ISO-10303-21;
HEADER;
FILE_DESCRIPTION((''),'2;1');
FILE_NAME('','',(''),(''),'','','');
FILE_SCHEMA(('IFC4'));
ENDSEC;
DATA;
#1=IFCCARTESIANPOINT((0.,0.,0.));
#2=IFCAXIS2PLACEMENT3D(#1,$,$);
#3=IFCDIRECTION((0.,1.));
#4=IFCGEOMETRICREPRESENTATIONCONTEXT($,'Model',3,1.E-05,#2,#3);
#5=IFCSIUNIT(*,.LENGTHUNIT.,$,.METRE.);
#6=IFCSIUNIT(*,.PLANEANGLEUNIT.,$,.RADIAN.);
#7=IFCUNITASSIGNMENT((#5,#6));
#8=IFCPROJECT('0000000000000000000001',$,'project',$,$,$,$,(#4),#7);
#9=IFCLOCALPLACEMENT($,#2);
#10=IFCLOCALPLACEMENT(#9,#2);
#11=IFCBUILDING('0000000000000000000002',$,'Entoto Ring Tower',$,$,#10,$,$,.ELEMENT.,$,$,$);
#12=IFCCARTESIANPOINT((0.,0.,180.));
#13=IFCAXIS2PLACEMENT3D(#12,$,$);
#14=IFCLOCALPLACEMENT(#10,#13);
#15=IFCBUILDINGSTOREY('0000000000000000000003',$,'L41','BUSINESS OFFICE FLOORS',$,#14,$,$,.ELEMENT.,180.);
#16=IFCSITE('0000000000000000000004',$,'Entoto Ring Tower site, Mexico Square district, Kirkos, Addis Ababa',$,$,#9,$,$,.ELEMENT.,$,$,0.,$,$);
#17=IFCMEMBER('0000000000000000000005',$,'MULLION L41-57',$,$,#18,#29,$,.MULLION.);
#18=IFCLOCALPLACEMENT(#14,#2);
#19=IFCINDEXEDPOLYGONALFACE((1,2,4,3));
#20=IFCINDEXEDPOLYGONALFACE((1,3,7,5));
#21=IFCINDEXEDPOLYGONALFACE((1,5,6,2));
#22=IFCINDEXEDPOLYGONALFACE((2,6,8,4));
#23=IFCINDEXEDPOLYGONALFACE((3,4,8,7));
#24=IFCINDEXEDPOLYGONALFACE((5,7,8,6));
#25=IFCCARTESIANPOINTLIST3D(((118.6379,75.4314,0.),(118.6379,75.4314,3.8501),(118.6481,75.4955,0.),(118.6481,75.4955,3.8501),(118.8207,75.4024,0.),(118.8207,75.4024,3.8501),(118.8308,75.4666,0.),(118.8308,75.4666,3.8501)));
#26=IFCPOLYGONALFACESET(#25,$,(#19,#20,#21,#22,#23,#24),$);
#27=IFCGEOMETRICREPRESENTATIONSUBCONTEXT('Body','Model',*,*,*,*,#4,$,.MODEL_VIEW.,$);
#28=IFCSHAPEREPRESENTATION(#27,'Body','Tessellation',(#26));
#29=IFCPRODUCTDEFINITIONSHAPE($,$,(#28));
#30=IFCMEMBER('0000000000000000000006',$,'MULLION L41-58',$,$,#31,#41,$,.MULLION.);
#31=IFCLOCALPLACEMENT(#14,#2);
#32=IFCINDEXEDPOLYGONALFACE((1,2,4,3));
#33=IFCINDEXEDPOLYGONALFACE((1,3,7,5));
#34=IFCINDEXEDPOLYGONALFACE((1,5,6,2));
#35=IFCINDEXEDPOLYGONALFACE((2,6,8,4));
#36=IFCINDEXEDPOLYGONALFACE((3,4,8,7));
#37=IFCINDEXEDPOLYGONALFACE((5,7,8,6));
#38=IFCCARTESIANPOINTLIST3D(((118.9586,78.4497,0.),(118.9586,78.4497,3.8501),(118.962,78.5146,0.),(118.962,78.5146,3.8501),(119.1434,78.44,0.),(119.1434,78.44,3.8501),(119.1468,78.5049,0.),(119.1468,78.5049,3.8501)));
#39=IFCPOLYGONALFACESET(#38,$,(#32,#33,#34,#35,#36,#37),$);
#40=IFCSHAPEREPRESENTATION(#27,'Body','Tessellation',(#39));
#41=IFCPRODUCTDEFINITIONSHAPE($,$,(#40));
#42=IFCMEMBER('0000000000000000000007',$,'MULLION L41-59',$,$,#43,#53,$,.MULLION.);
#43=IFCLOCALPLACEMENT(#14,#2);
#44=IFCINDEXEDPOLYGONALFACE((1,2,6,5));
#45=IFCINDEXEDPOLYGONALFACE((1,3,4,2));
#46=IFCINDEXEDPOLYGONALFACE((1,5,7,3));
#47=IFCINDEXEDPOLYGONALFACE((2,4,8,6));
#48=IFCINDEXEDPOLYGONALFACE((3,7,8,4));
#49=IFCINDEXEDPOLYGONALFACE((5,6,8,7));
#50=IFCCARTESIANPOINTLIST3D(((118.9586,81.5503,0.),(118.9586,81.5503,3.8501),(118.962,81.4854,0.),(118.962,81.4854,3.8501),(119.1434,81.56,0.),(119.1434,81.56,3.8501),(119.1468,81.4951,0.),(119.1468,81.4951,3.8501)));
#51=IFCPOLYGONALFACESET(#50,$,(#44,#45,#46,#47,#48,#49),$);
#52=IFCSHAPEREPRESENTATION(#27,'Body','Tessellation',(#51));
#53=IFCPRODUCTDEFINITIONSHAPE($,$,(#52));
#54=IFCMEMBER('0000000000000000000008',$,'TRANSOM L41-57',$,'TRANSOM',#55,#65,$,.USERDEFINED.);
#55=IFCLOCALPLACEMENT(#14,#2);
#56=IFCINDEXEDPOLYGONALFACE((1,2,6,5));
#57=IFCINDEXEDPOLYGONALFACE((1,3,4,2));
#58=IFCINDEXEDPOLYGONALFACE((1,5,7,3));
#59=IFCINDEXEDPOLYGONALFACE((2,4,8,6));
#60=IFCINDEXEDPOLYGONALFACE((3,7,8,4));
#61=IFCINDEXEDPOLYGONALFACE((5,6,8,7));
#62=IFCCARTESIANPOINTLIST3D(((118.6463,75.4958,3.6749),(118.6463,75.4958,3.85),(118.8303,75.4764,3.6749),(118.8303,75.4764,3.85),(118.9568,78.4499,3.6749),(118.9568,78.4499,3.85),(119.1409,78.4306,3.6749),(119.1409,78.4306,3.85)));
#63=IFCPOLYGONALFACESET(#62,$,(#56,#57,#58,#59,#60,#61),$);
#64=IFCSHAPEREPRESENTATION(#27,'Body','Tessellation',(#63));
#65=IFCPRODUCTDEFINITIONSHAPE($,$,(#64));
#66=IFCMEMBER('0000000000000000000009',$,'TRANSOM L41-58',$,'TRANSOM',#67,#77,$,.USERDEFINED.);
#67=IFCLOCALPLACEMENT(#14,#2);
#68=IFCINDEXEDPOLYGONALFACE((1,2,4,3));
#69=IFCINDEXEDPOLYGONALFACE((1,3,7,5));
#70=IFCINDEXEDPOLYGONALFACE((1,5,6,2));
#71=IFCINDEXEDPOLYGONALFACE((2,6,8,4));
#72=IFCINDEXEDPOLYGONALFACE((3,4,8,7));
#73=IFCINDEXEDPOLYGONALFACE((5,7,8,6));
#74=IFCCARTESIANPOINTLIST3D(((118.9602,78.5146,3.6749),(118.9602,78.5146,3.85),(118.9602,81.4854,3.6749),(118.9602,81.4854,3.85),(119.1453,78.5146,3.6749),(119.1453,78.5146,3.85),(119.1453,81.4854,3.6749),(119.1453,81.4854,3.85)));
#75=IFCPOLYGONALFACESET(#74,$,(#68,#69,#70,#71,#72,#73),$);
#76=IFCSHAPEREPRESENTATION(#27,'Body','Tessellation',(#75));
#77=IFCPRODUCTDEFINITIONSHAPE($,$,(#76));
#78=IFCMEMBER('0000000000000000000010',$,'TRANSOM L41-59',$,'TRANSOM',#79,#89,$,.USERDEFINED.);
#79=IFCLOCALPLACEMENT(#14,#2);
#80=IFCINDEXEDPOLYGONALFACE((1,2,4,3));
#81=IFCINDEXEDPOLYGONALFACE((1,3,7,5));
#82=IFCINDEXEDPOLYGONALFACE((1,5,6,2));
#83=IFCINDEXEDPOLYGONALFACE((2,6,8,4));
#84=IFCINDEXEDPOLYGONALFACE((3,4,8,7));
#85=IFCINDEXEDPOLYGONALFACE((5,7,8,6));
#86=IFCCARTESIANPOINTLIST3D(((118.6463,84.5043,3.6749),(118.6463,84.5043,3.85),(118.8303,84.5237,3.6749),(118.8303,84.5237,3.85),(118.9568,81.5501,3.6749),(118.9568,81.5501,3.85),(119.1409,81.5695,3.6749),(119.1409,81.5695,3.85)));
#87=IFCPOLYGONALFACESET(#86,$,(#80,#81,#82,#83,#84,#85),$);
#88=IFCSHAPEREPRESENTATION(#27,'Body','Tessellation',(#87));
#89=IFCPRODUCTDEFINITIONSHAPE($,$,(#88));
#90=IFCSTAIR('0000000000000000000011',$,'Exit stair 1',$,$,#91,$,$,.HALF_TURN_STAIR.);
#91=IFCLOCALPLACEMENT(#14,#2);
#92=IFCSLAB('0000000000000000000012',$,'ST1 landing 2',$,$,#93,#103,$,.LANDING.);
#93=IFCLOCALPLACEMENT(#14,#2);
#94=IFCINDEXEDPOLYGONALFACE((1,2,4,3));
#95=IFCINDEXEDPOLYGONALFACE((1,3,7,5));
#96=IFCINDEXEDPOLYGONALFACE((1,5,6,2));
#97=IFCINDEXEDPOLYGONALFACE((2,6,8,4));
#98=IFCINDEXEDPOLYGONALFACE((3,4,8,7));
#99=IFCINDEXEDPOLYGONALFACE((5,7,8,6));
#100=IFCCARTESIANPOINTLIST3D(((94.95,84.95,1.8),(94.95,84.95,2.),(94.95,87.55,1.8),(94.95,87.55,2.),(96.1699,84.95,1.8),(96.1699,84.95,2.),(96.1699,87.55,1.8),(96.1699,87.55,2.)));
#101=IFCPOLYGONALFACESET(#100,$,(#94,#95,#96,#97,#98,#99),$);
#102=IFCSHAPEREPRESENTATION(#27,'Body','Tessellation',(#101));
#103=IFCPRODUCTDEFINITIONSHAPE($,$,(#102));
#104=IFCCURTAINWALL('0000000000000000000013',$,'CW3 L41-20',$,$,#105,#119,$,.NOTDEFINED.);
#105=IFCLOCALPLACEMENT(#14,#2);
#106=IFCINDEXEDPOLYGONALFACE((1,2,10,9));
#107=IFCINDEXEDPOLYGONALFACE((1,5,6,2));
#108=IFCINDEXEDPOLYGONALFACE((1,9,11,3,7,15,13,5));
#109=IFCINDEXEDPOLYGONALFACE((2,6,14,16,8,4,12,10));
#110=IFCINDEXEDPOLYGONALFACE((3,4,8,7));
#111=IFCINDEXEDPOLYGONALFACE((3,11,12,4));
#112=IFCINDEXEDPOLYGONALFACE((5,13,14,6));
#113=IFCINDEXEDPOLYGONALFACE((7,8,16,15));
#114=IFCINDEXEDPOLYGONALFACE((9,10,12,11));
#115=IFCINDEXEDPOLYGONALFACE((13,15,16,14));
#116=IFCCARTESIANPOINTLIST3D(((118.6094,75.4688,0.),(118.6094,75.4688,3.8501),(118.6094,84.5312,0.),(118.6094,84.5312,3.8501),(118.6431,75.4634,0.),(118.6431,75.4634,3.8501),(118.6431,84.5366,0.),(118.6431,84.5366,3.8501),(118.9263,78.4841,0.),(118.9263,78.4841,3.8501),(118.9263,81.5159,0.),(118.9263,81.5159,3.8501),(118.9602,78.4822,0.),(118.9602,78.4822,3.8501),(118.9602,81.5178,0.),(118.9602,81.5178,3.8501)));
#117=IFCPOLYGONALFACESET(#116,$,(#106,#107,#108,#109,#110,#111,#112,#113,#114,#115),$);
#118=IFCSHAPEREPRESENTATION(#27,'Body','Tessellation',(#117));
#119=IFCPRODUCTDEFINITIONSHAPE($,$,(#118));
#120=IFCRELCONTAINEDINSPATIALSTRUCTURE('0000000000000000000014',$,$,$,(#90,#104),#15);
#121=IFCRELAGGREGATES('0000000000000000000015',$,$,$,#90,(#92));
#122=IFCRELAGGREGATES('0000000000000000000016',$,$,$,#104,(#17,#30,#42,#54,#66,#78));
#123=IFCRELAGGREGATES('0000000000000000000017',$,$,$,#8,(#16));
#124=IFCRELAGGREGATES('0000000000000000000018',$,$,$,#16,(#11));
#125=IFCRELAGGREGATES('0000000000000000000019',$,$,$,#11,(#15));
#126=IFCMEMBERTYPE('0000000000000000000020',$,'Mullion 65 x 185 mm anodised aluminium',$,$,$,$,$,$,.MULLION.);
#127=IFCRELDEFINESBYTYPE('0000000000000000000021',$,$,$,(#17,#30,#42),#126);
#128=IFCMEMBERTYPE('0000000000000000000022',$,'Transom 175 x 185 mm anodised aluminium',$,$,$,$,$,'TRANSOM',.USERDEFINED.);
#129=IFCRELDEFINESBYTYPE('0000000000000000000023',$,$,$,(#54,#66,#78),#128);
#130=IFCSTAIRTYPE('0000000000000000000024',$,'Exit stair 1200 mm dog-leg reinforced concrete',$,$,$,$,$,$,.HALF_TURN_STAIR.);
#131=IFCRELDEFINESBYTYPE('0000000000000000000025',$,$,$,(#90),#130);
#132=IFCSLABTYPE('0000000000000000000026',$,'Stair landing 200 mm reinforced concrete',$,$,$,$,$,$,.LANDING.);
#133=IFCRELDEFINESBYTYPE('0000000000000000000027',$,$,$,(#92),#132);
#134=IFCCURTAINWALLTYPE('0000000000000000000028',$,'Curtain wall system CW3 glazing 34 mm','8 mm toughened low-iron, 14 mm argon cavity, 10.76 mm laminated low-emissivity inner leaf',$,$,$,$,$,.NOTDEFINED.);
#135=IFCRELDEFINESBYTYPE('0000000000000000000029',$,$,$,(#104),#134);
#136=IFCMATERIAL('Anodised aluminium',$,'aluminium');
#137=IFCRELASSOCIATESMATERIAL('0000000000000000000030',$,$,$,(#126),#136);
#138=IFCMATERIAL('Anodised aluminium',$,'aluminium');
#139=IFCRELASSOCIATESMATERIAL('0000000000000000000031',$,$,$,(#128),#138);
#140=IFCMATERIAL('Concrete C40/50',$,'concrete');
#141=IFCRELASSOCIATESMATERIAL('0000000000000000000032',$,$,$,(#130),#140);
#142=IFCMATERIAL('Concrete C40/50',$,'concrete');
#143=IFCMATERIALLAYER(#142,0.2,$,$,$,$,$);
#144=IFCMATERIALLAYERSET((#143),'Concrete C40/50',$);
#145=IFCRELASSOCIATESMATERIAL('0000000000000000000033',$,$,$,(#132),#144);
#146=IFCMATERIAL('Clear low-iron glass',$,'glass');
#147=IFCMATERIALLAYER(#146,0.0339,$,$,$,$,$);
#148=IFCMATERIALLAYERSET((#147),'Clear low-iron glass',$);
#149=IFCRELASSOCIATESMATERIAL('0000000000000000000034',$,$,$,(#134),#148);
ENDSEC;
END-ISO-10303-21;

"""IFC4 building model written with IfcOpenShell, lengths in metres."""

from ifc_helpers import new_model, si_unit, direction, frame, origin, origin_2d, place, context, subcontext, project, spatial, polyline, rectangle, outline, extrude, material, layer, layer_set, material_profile, profile_set, type_object, element, aggregate, save


model = new_model("IFC4")

# Units and contexts
model_context = context("Model", 3, precision=1e-05, world=origin(), true_north=direction((0.0, 1.0)))
body_context = subcontext(model_context, "Body", "Model", "MODEL_VIEW")
ifc_project = project(units=[si_unit("LENGTHUNIT", "METRE"), si_unit("PLANEANGLEUNIT", "RADIAN")], contexts=[model_context])

# Members
ifc_material_1 = material(Name="Anodised aluminium", Category="aluminium")
ifc_material_profile_1 = material_profile(ifc_material_1, rectangle(XDim=0.0649, YDim=0.1851, at=origin_2d()), Name="Mullion 65 x 185 mm anodised aluminium")
ifc_profile_set_1 = profile_set([ifc_material_profile_1], Name="Anodised aluminium")
member_type_1 = type_object("IfcMemberType", Name="Mullion 65 x 185 mm anodised aluminium", PredefinedType="MULLION", material=ifc_profile_set_1)
site_placement = place(None, origin())
building_placement = place(site_placement, origin())
storey_placement = place(building_placement, frame((0.0, 0.0, 180.0)))
member_1_placement = place(storey_placement, frame((118.7344, 75.449, 0.0), z_axis=(0.0, 0.0, 1.0), x_axis=(0.156434, 0.987688, 0.0)))
member_1 = element("IfcMember", 1, at=member_1_placement, type_object=member_type_1, Name="MULLION L41-57", PredefinedType="MULLION", context=body_context, shape_type="SweptSolid", body=[
    extrude(rectangle(XDim=0.0649, YDim=0.1851, at=origin_2d()), origin(), (0.0, 0.0, 1.0), 3.8501),
])
member_2_placement = place(storey_placement, frame((119.0527, 78.4773, 0.0), z_axis=(0.0, 0.0, 1.0), x_axis=(0.052336, 0.99863, 0.0)))
member_2 = element("IfcMember", 2, at=member_2_placement, type_object=member_type_1, Name="MULLION L41-58", PredefinedType="MULLION", context=body_context, shape_type="SweptSolid", body=[
    extrude(rectangle(XDim=0.0649, YDim=0.1851, at=origin_2d()), origin(), (0.0, 0.0, 1.0), 3.8501),
])
member_3_placement = place(storey_placement, frame((119.0527, 81.5227, 0.0), z_axis=(0.0, 0.0, 1.0), x_axis=(-0.052336, 0.99863, 0.0)))
member_3 = element("IfcMember", 3, at=member_3_placement, type_object=member_type_1, Name="MULLION L41-59", PredefinedType="MULLION", context=body_context, shape_type="SweptSolid", body=[
    extrude(rectangle(XDim=0.0649, YDim=0.1851, at=origin_2d()), origin(), (0.0, 0.0, 1.0), 3.8501),
])
ifc_material_2 = material(Name="Anodised aluminium", Category="aluminium")
ifc_material_profile_2 = material_profile(ifc_material_2, rectangle(XDim=0.1851, YDim=0.175, at=origin_2d()), Name="Transom 175 x 185 mm anodised aluminium")
ifc_profile_set_2 = profile_set([ifc_material_profile_2], Name="Anodised aluminium")
member_type_2 = type_object("IfcMemberType", Name="Transom 175 x 185 mm anodised aluminium", ElementType="TRANSOM", PredefinedType="USERDEFINED", material=ifc_profile_set_2)
member_4_placement = place(storey_placement, frame((118.7383, 75.4861, 3.7625), z_axis=(0.104548, 0.99452, 0.0), x_axis=(-0.99452, 0.104548, 0.0)))
member_4 = element("IfcMember", 4, at=member_4_placement, type_object=member_type_2, Name="TRANSOM L41-57", ObjectType="TRANSOM", PredefinedType="USERDEFINED", context=body_context, shape_type="SweptSolid", body=[
    extrude(rectangle(XDim=0.1851, YDim=0.175, at=origin_2d()), origin(), (0.0, 0.0, 1.0), 2.9705),
])
member_5_placement = place(storey_placement, frame((119.0527, 78.5146, 3.7625), z_axis=(0.0, 1.0, 0.0), x_axis=(-1.0, 0.0, 0.0)))
member_5 = element("IfcMember", 5, at=member_5_placement, type_object=member_type_2, Name="TRANSOM L41-58", ObjectType="TRANSOM", PredefinedType="USERDEFINED", context=body_context, shape_type="SweptSolid", body=[
    extrude(rectangle(XDim=0.1851, YDim=0.175, at=origin_2d()), origin(), (0.0, 0.0, 1.0), 2.9707),
])
member_6_placement = place(storey_placement, frame((119.0488, 81.5598, 3.7625), z_axis=(-0.104548, 0.99452, 0.0), x_axis=(-0.99452, -0.104548, 0.0)))
member_6 = element("IfcMember", 6, at=member_6_placement, type_object=member_type_2, Name="TRANSOM L41-59", ObjectType="TRANSOM", PredefinedType="USERDEFINED", context=body_context, shape_type="SweptSolid", body=[
    extrude(rectangle(XDim=0.1851, YDim=0.175, at=origin_2d()), origin(), (0.0, 0.0, 1.0), 2.9705),
])

# Site, building, storey
site = spatial("IfcSite", under=ifc_project, at=site_placement, Name="Entoto Ring Tower site, Mexico Square district, Kirkos, Addis Ababa", CompositionType="ELEMENT", RefElevation=0.0)
building = spatial("IfcBuilding", under=site, at=building_placement, Name="Entoto Ring Tower", CompositionType="ELEMENT")
storey = spatial("IfcBuildingStorey", under=building, at=storey_placement, Name="L41", Description="BUSINESS OFFICE FLOORS", CompositionType="ELEMENT", Elevation=180.0)

# Stair, slab
ifc_material_3 = material(Name="Concrete C40/50", Category="concrete")
stair_type = type_object("IfcStairType", Name="Exit stair 1200 mm dog-leg reinforced concrete", PredefinedType="HALF_TURN_STAIR", material=ifc_material_3)
stair_placement = place(storey_placement, origin())
stair = element("IfcStair", 7, at=stair_placement, inside=storey, type_object=stair_type, Name="Exit stair 1", PredefinedType="HALF_TURN_STAIR")
ifc_material_4 = material(Name="Concrete C40/50", Category="concrete")
ifc_layer_1 = layer(ifc_material_4, 0.2)
ifc_layer_set_1 = layer_set([ifc_layer_1], Name="Concrete C40/50")
slab_type = type_object("IfcSlabType", Name="Stair landing 200 mm reinforced concrete", PredefinedType="LANDING", material=ifc_layer_set_1)
slab_placement = place(storey_placement, frame((0.0, 0.0, 1.8)))
slab = element("IfcSlab", 8, at=slab_placement, type_object=slab_type, Name="ST1 landing 2", PredefinedType="LANDING", context=body_context, shape_type="SweptSolid", body=[
    extrude(outline(polyline([(94.95, 84.95), (96.1699, 84.95), (96.1699, 87.55), (94.95, 87.55), (94.95, 84.95)])), origin(), (0.0, 0.0, 1.0), 0.2),
])
aggregate(stair, [slab])

# Curtain wall
ifc_material_5 = material(Name="Clear low-iron glass", Category="glass")
ifc_layer_2 = layer(ifc_material_5, 0.0339)
ifc_layer_set_2 = layer_set([ifc_layer_2], Name="Clear low-iron glass")
curtain_wall_type = type_object("IfcCurtainWallType", Name="Curtain wall system CW3 glazing 34 mm", Description="8 mm toughened low-iron, 14 mm argon cavity, 10.76 mm laminated low-emissivity inner leaf", PredefinedType="NOTDEFINED", material=ifc_layer_set_2)
curtain_wall_1_placement = place(storey_placement, origin())
curtain_wall_1 = element("IfcCurtainWall", 9, at=curtain_wall_1_placement, inside=storey, type_object=curtain_wall_type, Name="CW3 L41-20", PredefinedType="NOTDEFINED", context=body_context, shape_type="SweptSolid", body=[
    extrude(outline(polyline([(118.6431, 75.4634), (118.9602, 78.4822), (118.9602, 81.5178), (118.6431, 84.5366), (118.6094, 84.5312), (118.9263, 81.5159), (118.9263, 78.4841), (118.6094, 75.4688), (118.6431, 75.4634)])), origin(), (0.0, 0.0, 1.0), 3.8501),
])
aggregate(curtain_wall_1, [member_1, member_2, member_3, member_4, member_5, member_6])

save(model, "model.ifc")
